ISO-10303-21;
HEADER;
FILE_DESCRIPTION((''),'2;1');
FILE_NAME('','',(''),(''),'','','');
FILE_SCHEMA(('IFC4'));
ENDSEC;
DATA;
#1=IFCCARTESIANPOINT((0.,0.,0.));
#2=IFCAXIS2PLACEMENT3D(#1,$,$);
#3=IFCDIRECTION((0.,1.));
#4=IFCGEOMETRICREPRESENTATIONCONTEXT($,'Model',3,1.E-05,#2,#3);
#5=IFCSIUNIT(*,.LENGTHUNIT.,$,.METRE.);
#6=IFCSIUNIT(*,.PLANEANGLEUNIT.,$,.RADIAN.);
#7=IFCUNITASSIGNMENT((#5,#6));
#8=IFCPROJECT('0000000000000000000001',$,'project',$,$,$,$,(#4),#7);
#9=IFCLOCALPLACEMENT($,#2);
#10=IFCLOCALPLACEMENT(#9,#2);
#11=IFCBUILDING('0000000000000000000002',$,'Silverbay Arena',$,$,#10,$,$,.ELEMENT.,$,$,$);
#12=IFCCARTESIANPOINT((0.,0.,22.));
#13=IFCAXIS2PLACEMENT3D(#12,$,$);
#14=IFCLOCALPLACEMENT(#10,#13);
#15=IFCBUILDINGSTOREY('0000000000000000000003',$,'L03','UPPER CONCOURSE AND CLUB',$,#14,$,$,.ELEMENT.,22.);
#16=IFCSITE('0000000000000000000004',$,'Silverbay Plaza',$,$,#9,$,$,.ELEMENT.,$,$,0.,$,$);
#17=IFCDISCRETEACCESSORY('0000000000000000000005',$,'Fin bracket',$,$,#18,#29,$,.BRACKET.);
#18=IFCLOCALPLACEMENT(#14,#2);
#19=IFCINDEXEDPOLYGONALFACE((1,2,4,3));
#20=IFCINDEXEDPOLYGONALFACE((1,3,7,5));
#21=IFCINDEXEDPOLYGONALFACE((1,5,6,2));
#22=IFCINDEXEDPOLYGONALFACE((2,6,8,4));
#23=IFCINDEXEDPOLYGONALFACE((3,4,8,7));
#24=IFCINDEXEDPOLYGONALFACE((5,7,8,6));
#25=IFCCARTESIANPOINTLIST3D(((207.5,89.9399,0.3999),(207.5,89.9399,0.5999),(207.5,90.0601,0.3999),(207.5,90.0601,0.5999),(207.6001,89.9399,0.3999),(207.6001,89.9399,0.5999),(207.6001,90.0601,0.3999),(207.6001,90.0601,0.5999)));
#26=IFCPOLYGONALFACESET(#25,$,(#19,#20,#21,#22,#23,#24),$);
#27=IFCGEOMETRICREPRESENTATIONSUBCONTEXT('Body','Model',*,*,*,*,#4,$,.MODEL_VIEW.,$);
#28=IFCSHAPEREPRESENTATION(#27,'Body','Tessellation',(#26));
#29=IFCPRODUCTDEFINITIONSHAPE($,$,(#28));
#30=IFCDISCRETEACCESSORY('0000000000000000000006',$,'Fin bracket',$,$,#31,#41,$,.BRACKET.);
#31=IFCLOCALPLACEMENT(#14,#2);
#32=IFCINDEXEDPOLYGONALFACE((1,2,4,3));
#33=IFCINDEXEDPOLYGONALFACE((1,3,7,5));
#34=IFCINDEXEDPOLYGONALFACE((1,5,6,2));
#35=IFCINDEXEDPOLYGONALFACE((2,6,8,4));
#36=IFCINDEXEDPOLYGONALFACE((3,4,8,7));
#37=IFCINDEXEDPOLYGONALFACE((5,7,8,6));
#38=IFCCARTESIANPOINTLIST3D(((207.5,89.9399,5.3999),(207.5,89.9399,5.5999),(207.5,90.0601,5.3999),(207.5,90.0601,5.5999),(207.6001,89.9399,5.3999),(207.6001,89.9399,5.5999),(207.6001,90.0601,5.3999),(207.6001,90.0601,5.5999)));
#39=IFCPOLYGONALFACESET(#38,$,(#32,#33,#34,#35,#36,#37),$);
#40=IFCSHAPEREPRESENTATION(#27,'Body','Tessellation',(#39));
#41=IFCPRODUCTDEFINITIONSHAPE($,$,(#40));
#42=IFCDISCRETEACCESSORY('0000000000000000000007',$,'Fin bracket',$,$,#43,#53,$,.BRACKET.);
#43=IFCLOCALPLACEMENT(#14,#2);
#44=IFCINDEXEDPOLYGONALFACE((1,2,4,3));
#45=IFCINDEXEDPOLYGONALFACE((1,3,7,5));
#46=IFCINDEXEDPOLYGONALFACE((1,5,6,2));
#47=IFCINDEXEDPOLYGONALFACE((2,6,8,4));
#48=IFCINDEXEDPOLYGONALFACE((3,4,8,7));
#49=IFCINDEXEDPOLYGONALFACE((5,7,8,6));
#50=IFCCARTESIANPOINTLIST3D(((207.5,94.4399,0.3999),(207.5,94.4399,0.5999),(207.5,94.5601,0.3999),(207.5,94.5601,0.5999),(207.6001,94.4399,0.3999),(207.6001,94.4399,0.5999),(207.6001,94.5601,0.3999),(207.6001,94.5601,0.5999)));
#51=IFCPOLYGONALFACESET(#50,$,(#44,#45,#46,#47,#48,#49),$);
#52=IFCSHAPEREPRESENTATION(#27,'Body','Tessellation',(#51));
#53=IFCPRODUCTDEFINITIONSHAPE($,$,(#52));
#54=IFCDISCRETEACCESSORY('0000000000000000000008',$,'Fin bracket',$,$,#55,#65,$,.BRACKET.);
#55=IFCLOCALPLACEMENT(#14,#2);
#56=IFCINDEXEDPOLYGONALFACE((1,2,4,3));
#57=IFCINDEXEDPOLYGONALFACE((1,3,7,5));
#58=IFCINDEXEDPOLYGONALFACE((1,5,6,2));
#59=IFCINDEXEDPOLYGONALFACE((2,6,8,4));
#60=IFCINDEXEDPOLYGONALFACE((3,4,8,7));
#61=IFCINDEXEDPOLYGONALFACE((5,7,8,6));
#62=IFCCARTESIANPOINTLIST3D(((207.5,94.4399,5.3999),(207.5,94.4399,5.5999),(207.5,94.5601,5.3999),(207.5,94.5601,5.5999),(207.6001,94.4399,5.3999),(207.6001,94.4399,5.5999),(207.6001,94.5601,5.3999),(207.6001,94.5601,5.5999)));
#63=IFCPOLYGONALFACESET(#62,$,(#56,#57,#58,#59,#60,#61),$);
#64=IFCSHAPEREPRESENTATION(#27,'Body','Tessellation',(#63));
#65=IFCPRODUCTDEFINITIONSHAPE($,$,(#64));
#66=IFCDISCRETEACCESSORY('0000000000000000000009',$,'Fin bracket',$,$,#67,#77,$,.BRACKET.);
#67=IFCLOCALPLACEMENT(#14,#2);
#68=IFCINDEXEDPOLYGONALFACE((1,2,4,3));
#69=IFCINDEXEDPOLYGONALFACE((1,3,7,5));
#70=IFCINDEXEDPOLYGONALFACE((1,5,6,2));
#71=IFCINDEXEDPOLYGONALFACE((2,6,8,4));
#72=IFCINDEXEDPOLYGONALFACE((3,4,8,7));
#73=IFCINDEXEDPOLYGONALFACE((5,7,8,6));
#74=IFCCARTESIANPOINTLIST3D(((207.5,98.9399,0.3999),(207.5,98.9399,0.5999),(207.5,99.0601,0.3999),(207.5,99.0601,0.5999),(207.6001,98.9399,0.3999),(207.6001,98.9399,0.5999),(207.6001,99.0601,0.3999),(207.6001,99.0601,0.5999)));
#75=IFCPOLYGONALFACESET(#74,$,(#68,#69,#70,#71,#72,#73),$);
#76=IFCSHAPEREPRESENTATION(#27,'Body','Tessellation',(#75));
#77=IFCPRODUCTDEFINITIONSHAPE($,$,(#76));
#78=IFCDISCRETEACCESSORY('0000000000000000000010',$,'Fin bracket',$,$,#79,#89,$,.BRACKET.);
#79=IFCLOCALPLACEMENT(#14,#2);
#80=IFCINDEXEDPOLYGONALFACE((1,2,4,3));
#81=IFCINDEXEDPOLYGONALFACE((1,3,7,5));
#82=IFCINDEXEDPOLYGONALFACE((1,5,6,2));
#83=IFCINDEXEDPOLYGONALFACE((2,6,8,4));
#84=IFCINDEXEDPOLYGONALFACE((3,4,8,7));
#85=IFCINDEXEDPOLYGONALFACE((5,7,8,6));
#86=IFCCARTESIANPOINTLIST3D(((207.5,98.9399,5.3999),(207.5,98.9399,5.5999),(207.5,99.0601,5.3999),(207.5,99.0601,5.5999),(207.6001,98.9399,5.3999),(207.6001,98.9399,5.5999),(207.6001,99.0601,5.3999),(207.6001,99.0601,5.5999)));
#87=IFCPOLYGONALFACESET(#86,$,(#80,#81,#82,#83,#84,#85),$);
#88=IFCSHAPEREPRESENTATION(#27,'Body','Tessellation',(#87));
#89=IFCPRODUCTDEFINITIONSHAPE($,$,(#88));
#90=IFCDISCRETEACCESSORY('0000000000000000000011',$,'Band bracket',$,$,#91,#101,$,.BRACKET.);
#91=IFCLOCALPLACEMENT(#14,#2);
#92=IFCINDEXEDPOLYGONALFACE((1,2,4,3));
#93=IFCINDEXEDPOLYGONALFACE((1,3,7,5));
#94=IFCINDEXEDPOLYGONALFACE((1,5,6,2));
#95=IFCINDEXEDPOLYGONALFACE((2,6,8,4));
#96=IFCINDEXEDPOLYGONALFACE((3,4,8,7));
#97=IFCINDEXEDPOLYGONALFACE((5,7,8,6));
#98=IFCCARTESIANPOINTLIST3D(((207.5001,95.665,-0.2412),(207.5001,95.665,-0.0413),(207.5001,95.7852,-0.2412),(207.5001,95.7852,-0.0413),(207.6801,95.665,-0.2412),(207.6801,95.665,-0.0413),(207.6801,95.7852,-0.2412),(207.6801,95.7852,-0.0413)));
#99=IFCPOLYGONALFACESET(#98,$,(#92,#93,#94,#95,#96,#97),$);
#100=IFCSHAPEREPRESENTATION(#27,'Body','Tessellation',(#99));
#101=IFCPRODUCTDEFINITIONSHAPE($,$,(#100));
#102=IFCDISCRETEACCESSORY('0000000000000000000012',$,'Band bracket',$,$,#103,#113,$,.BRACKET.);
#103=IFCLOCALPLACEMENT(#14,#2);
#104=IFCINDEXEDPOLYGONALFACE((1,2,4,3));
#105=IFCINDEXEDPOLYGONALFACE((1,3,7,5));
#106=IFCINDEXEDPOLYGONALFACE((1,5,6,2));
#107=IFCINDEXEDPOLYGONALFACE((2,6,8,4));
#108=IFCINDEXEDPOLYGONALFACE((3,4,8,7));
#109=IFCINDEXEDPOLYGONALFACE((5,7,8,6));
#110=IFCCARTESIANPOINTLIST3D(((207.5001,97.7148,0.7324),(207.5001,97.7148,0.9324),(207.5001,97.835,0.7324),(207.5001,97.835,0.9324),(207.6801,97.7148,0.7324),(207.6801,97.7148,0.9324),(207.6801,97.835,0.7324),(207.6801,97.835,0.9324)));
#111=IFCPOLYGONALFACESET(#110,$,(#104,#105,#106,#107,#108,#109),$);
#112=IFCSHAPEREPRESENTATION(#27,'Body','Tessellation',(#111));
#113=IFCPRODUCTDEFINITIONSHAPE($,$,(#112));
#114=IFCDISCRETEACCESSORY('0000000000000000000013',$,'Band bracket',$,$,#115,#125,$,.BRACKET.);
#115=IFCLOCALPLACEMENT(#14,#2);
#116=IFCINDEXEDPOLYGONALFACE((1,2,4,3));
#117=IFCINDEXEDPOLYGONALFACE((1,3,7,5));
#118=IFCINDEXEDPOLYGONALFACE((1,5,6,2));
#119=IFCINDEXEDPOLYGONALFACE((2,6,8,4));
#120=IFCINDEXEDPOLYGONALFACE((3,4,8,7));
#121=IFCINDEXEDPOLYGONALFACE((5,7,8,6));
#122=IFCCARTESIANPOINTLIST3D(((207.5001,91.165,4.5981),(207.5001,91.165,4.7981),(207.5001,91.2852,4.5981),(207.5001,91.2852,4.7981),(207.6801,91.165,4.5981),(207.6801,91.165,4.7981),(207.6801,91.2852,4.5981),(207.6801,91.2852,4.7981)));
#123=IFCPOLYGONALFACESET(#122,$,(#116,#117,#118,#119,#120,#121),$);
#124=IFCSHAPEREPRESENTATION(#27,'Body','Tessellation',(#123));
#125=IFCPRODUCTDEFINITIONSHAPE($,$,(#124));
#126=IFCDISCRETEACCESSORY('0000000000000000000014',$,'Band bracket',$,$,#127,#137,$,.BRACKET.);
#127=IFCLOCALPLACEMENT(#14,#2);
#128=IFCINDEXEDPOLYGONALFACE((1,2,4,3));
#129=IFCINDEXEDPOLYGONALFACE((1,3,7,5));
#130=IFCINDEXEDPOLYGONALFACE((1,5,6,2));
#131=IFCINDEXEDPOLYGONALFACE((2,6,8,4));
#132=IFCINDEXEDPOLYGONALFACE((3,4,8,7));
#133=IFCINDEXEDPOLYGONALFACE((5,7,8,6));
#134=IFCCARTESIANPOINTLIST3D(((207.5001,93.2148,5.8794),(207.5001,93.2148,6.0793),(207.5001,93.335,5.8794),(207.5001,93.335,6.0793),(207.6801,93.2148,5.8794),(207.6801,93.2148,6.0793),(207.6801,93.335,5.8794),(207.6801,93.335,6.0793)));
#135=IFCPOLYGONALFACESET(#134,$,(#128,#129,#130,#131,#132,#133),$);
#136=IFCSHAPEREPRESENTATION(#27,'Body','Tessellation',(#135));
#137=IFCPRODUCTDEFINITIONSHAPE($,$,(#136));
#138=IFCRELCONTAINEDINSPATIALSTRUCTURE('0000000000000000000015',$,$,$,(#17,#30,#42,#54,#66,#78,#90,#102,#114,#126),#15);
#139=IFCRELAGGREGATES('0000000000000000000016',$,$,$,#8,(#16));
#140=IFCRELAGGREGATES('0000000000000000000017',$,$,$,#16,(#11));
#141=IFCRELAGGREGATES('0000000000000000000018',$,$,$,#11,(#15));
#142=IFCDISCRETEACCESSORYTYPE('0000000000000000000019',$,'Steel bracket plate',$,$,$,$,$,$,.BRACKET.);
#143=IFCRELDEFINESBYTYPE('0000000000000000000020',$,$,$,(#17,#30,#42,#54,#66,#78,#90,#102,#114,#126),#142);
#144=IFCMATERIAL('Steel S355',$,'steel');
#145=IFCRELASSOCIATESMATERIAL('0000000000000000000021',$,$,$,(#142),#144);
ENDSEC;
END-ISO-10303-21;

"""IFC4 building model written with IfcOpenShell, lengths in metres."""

from ifc_helpers import new_model, si_unit, direction, frame, origin, origin_2d, place, context, subcontext, project, spatial, rectangle, extrude, material, type_object, element, save


model = new_model("IFC4")

# Units and contexts
model_context = context("Model", 3, precision=1e-05, world=origin(), true_north=direction((0.0, 1.0)))
body_context = subcontext(model_context, "Body", "Model", "MODEL_VIEW")
ifc_project = project(units=[si_unit("LENGTHUNIT", "METRE"), si_unit("PLANEANGLEUNIT", "RADIAN")], contexts=[model_context])

# Site, building, storey
site_placement = place(None, origin())
site = spatial("IfcSite", under=ifc_project, at=site_placement, Name="Silverbay Plaza", CompositionType="ELEMENT", RefElevation=0.0)
building_placement = place(site_placement, origin())
building = spatial("IfcBuilding", under=site, at=building_placement, Name="Silverbay Arena", CompositionType="ELEMENT")
storey_placement = place(building_placement, frame((0.0, 0.0, 22.0)))
storey = spatial("IfcBuildingStorey", under=building, at=storey_placement, Name="L03", Description="UPPER CONCOURSE AND CLUB", CompositionType="ELEMENT", Elevation=22.0)

# Discrete accessories
ifc_material_1 = material(Name="Steel S355", Category="steel")
discrete_accessory_type = type_object("IfcDiscreteAccessoryType", Name="Steel bracket plate", PredefinedType="BRACKET", material=ifc_material_1)
for number, where, z_axis, x_axis, name in (
    (1, (207.55, 90.0, 0.3999), (0.0, 0.0, 1.0), (1.0, 0.0, 0.0), "Fin bracket"),
    (2, (207.55, 90.0, 5.3999), (0.0, 0.0, 1.0), (1.0, 0.0, 0.0), "Fin bracket"),
    (3, (207.55, 94.5, 0.3999), (0.0, 0.0, 1.0), (1.0, 0.0, 0.0), "Fin bracket"),
    (4, (207.55, 94.5, 5.3999), (0.0, 0.0, 1.0), (1.0, 0.0, 0.0), "Fin bracket"),
    (5, (207.55, 99.0, 0.3999), (0.0, 0.0, 1.0), (1.0, 0.0, 0.0), "Fin bracket"),
    (6, (207.55, 99.0, 5.3999), (0.0, 0.0, 1.0), (1.0, 0.0, 0.0), "Fin bracket"),
):
    element("IfcDiscreteAccessory", number, at=place(storey_placement, frame(where, z_axis=z_axis, x_axis=x_axis)), inside=storey, type_object=discrete_accessory_type, Name=name, PredefinedType="BRACKET", context=body_context, shape_type="SweptSolid", body=[
        extrude(rectangle(XDim=0.1001, YDim=0.1201, at=origin_2d()), origin(), (0.0, 0.0, 1.0), 0.2),
    ])
for number, where, z_axis, x_axis, name in (
    (7, (207.5901, 95.7251, -0.2412), (0.0, 0.0, 1.0), (1.0, 0.0, 0.0), "Band bracket"),
    (8, (207.5901, 97.7749, 0.7324), (0.0, 0.0, 1.0), (1.0, 0.0, 0.0), "Band bracket"),
    (9, (207.5901, 91.2251, 4.5981), (0.0, 0.0, 1.0), (1.0, 0.0, 0.0), "Band bracket"),
    (10, (207.5901, 93.2749, 5.8794), (0.0, 0.0, 1.0), (1.0, 0.0, 0.0), "Band bracket"),
):
    element("IfcDiscreteAccessory", number, at=place(storey_placement, frame(where, z_axis=z_axis, x_axis=x_axis)), inside=storey, type_object=discrete_accessory_type, Name=name, PredefinedType="BRACKET", context=body_context, shape_type="SweptSolid", body=[
        extrude(rectangle(XDim=0.1799, YDim=0.1201, at=origin_2d()), origin(), (0.0, 0.0, 1.0), 0.2),
    ])

save(model, "model.ifc")
